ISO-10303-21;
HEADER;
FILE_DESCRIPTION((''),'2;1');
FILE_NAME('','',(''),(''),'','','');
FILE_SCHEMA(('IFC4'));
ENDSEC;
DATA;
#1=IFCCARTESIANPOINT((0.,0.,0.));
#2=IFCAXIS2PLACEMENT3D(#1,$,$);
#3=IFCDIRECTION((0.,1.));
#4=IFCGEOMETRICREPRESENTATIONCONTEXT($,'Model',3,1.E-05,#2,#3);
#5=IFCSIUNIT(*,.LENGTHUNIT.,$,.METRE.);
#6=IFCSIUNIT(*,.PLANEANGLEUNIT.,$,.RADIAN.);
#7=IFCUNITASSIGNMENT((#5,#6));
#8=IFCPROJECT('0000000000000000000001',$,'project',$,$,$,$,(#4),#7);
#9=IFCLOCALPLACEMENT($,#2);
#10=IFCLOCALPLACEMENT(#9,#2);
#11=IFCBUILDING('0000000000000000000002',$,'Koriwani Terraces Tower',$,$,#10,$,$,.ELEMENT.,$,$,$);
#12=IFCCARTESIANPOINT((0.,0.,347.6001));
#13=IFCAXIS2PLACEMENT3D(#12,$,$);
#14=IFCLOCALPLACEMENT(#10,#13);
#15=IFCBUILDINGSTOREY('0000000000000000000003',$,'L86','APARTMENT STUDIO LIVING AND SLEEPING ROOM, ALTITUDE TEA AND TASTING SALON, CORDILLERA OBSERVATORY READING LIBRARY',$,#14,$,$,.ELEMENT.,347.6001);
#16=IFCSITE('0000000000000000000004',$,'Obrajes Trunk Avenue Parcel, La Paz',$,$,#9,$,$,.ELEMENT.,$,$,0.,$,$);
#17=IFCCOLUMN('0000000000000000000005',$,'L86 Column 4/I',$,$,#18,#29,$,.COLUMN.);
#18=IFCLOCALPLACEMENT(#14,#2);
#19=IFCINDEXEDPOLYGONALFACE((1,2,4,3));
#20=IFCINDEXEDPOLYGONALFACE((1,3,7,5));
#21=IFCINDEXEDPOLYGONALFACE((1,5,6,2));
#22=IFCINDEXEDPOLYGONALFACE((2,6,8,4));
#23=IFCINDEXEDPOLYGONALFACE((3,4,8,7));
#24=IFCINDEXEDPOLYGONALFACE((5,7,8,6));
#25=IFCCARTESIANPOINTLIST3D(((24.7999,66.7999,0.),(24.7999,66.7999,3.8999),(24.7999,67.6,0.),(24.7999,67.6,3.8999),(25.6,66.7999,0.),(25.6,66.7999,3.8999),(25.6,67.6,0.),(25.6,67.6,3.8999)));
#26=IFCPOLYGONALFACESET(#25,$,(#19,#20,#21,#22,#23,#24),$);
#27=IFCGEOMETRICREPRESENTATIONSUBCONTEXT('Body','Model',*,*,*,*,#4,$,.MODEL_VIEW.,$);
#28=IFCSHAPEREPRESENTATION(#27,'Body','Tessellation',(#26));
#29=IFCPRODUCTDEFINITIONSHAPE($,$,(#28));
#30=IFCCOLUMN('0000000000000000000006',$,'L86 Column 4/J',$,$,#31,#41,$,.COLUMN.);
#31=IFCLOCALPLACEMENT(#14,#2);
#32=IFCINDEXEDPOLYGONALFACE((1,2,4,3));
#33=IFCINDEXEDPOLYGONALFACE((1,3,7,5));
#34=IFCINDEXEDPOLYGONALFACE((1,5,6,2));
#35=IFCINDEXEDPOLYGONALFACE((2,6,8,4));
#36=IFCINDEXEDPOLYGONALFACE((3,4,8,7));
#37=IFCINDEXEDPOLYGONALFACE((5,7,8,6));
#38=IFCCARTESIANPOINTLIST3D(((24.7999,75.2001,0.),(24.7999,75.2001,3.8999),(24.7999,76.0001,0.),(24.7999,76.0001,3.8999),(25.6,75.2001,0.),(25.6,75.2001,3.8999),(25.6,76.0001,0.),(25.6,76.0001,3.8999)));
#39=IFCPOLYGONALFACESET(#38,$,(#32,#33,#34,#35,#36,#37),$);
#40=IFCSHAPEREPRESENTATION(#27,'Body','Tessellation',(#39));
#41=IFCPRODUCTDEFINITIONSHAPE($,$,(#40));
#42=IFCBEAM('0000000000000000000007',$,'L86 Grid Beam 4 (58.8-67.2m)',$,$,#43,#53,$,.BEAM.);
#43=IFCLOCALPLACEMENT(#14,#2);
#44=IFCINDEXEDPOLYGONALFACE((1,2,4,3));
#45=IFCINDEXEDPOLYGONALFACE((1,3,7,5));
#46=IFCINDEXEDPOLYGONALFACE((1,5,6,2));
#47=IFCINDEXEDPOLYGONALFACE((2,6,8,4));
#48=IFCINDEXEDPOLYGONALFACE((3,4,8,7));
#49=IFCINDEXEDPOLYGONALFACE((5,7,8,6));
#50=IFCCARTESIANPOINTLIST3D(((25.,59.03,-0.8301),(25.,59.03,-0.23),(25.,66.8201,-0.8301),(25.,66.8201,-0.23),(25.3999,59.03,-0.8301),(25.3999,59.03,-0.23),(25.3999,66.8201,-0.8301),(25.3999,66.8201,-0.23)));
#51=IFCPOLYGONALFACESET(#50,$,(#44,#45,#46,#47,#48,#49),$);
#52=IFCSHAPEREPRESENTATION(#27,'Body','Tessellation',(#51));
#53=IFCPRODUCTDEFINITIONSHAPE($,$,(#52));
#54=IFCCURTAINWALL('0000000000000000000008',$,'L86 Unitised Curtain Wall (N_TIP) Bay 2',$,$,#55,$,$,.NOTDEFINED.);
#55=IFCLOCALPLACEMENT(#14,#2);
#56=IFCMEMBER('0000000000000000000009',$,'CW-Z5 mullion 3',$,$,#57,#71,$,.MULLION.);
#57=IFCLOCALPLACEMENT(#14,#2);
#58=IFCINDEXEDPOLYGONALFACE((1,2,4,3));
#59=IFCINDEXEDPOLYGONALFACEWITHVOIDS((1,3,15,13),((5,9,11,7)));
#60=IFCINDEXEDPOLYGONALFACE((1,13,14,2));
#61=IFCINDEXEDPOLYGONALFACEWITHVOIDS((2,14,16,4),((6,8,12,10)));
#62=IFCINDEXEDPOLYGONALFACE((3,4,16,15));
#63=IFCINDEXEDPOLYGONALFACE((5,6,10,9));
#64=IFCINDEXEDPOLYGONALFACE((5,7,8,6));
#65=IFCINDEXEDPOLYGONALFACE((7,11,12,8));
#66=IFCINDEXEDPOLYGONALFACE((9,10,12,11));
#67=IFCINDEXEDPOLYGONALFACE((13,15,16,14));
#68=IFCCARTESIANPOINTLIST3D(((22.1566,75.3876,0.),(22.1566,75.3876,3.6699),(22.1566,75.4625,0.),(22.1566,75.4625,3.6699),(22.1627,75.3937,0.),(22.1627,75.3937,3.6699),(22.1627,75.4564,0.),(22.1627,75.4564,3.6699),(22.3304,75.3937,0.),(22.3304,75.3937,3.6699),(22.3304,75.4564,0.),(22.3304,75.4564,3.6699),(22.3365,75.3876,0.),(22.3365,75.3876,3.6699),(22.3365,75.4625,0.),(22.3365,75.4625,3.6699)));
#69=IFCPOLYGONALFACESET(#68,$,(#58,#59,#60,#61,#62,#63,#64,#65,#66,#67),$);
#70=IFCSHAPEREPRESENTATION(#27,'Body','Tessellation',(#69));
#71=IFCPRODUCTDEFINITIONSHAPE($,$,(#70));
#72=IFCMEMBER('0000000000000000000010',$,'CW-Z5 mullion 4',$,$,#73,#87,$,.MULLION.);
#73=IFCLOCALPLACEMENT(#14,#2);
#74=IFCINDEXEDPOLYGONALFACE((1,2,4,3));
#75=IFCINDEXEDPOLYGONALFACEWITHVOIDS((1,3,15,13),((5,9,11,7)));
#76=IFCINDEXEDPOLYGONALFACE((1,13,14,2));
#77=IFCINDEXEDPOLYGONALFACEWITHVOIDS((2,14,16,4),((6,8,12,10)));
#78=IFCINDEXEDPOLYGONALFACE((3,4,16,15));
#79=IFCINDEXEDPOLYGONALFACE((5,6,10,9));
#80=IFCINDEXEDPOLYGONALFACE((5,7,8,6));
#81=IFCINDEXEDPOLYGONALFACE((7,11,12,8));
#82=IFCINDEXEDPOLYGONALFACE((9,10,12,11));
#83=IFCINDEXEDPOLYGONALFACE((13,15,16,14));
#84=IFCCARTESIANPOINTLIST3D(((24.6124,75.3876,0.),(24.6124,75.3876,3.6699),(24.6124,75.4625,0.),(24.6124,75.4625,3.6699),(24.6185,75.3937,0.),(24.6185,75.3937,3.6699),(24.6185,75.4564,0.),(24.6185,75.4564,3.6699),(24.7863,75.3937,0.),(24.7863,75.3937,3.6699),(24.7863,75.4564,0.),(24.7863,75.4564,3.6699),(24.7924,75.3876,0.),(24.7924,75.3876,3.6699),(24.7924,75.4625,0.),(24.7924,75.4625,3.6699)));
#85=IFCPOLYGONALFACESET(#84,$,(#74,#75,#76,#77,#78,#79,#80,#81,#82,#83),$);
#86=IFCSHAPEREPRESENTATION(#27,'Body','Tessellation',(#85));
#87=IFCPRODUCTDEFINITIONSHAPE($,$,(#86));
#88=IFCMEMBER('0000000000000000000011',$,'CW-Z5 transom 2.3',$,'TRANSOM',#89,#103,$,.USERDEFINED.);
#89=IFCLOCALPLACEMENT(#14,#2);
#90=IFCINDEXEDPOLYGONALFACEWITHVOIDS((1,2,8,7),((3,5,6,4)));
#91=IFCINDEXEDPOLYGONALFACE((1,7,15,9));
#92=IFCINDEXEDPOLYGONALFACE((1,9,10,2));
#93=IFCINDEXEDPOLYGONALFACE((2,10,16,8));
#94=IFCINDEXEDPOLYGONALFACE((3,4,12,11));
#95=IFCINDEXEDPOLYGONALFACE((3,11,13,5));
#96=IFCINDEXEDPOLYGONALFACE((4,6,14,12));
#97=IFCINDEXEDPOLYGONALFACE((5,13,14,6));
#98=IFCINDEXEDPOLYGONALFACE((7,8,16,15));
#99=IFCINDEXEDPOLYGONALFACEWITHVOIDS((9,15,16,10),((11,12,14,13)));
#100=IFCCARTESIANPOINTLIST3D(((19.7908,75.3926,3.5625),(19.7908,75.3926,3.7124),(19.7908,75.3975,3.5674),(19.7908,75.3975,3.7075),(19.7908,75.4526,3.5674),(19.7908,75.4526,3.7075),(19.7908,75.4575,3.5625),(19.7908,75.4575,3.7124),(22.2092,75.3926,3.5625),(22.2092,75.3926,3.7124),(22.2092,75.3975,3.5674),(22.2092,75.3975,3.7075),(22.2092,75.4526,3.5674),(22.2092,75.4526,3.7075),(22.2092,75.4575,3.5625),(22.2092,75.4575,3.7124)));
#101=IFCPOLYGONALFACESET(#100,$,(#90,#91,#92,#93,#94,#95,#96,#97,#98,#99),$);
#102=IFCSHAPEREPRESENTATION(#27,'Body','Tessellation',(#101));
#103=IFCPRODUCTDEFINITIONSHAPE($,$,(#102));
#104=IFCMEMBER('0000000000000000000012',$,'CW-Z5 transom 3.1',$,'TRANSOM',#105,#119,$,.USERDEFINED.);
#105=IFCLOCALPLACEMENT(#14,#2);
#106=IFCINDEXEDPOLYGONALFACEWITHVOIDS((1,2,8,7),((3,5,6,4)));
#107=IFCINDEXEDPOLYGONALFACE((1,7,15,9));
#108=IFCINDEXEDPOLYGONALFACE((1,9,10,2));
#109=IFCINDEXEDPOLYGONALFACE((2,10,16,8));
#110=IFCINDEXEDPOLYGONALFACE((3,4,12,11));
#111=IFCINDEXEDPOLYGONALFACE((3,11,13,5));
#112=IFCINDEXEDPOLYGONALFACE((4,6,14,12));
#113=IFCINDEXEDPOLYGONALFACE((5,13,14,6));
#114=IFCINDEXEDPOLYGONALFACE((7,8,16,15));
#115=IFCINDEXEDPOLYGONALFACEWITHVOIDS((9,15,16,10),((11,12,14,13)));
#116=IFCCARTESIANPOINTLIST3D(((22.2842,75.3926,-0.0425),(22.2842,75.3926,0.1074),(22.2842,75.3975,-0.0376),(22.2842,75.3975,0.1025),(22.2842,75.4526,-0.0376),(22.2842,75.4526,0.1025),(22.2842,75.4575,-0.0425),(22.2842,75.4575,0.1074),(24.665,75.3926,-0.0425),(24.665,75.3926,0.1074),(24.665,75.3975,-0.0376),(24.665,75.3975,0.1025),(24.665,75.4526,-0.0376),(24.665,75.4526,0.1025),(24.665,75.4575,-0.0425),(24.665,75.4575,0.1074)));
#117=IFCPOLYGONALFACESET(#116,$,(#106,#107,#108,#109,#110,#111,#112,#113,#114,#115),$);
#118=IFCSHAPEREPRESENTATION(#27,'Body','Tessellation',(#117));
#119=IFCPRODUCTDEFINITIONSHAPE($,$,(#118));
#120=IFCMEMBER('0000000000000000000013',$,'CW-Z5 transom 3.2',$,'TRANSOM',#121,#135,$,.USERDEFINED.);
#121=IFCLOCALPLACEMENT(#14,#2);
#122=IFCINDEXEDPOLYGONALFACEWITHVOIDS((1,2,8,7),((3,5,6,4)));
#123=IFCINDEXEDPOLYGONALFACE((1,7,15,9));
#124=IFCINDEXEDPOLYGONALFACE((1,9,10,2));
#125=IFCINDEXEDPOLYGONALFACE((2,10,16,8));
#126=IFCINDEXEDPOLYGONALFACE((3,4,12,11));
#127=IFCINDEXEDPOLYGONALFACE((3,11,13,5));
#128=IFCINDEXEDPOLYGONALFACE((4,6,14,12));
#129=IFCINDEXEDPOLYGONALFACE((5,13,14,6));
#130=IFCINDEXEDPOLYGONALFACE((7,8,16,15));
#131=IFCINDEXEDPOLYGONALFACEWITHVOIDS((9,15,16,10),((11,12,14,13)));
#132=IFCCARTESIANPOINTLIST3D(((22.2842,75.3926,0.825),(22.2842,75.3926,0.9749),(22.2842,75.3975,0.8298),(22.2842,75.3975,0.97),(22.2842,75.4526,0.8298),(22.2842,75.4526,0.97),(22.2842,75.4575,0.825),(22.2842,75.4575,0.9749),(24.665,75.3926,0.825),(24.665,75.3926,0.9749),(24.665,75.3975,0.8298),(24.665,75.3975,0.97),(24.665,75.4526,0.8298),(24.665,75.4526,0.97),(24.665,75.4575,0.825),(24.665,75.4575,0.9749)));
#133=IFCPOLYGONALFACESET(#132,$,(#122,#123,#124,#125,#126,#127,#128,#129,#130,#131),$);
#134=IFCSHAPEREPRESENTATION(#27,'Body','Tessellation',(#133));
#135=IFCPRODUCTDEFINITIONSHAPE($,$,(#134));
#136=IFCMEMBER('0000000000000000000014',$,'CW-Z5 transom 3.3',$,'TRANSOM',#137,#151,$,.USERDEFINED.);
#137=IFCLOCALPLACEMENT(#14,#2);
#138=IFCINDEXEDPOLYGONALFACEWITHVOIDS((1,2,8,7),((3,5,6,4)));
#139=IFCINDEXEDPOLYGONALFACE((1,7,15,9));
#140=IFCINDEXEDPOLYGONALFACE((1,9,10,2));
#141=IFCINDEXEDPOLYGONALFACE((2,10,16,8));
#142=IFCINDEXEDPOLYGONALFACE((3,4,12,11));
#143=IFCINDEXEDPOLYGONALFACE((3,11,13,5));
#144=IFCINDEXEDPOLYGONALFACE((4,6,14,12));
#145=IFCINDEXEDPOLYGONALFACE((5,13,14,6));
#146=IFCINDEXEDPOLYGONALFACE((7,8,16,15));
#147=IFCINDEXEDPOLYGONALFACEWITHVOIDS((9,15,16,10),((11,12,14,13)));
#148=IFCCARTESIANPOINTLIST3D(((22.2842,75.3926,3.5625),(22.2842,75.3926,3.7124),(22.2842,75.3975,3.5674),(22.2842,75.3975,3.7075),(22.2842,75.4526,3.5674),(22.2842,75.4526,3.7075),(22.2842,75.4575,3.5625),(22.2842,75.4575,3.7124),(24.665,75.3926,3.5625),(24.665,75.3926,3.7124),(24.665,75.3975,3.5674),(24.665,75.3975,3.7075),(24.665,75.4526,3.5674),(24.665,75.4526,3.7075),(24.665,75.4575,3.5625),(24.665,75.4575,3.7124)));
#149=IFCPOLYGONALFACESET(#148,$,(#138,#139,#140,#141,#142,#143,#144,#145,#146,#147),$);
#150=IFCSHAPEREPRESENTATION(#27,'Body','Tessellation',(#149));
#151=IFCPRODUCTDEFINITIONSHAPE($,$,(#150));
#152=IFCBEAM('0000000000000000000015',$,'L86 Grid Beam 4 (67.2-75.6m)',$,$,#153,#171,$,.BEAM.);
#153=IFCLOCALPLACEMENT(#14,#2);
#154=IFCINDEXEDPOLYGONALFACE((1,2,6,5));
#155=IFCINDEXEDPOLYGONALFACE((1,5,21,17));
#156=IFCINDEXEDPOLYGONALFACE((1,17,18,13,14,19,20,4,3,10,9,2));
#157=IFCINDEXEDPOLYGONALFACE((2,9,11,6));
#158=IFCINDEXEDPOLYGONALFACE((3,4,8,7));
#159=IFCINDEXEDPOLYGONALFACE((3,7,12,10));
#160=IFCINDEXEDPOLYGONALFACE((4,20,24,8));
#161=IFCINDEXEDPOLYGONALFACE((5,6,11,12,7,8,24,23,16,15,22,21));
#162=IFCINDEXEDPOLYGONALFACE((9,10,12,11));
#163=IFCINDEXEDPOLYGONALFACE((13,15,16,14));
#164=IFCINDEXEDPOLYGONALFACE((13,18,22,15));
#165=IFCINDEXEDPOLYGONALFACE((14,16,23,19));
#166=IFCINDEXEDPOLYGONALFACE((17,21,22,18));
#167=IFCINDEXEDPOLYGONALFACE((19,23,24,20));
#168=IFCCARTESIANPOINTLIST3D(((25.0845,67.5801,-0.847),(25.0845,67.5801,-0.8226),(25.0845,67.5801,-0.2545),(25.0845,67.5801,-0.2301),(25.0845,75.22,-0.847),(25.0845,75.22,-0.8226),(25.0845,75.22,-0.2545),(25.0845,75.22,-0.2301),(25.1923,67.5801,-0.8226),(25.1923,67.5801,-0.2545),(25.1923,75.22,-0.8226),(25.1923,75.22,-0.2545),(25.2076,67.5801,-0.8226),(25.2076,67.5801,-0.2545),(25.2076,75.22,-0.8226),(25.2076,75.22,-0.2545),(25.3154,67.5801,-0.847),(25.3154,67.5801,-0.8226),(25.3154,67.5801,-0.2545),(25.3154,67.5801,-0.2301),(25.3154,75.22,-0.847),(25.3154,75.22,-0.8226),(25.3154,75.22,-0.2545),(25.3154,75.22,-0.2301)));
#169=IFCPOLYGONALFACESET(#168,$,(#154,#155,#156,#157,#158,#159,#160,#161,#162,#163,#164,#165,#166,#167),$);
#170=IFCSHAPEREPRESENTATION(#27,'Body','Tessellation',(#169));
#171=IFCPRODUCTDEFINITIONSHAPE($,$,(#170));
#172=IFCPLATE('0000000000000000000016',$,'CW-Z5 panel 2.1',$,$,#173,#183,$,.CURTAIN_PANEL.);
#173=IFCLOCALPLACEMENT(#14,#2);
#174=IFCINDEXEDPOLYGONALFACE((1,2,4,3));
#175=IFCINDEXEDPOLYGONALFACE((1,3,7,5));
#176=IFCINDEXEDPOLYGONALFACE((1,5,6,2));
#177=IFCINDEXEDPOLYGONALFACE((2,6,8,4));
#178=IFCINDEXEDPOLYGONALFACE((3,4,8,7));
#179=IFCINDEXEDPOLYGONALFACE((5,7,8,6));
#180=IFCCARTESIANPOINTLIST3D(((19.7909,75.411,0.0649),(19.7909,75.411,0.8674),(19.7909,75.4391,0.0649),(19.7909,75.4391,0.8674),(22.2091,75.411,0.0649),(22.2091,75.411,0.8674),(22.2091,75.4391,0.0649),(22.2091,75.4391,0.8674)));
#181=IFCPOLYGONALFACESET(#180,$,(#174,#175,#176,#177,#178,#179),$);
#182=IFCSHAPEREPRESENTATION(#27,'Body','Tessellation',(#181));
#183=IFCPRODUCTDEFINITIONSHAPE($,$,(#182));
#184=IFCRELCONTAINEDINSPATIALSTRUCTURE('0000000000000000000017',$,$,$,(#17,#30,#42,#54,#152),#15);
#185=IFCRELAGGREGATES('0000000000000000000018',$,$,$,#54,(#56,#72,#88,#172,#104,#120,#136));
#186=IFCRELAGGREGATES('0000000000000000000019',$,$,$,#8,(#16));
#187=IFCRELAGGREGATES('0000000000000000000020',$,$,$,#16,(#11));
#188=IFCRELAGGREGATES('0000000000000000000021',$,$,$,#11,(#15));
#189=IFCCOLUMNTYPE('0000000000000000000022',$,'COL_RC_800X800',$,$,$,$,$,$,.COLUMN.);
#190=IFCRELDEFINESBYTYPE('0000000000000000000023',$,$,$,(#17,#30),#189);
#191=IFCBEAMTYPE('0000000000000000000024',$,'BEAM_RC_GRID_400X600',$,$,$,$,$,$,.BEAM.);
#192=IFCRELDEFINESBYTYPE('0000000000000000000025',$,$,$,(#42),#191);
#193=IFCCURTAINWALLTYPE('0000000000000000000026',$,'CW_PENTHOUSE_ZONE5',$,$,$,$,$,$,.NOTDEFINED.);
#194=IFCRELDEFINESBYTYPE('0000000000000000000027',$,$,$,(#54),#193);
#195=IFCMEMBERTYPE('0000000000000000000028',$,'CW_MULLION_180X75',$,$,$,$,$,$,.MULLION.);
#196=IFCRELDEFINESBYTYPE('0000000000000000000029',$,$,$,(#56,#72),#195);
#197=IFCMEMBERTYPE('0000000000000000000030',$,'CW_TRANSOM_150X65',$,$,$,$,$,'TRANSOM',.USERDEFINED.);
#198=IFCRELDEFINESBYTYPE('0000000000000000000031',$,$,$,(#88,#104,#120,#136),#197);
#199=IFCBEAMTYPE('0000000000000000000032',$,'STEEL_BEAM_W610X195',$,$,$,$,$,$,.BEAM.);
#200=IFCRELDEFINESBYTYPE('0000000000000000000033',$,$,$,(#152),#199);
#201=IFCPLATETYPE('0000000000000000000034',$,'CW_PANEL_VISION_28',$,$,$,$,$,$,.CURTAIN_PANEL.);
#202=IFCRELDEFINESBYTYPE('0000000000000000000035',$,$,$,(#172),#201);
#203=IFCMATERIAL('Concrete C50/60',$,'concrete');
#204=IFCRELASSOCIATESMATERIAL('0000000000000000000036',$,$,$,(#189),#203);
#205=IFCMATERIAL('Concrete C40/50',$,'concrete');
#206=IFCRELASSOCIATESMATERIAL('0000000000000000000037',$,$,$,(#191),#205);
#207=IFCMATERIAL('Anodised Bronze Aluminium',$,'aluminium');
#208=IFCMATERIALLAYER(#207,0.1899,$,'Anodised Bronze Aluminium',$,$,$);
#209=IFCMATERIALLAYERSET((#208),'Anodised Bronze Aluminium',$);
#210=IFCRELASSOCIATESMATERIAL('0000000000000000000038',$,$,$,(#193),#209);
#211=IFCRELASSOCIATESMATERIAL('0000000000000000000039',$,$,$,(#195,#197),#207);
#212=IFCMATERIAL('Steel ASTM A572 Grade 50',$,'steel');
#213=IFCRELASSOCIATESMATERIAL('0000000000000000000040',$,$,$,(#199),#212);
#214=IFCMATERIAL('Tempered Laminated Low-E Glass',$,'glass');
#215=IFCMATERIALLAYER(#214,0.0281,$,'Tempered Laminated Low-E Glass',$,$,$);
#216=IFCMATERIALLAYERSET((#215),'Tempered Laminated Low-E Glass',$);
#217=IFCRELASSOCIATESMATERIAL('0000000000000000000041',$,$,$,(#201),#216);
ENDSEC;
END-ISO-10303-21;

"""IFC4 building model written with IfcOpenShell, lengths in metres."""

from ifc_helpers import new_model, si_unit, direction, frame, origin, origin_2d, place, context, subcontext, project, spatial, rectangle, hollow_rectangle, i_section, extrude, material, layer, layer_set, material_profile, profile_set, type_object, element, aggregate, save


model = new_model("IFC4")

# Units and contexts
model_context = context("Model", 3, precision=1e-05, world=origin(), true_north=direction((0.0, 1.0)))
body_context = subcontext(model_context, "Body", "Model", "MODEL_VIEW")
ifc_project = project(units=[si_unit("LENGTHUNIT", "METRE"), si_unit("PLANEANGLEUNIT", "RADIAN")], contexts=[model_context])

# Site, building, storey
site_placement = place(None, origin())
site = spatial("IfcSite", under=ifc_project, at=site_placement, Name="Obrajes Trunk Avenue Parcel, La Paz", CompositionType="ELEMENT", RefElevation=0.0)
building_placement = place(site_placement, origin())
building = spatial("IfcBuilding", under=site, at=building_placement, Name="Koriwani Terraces Tower", CompositionType="ELEMENT")
storey_placement = place(building_placement, frame((0.0, 0.0, 347.6001)))
storey = spatial("IfcBuildingStorey", under=building, at=storey_placement, Name="L86", Description="APARTMENT STUDIO LIVING AND SLEEPING ROOM, ALTITUDE TEA AND TASTING SALON, CORDILLERA OBSERVATORY READING LIBRARY", CompositionType="ELEMENT", Elevation=347.6001)

# Columns
ifc_material_1 = material(Name="Concrete C50/60", Category="concrete")
ifc_material_profile_1 = material_profile(ifc_material_1, rectangle(XDim=0.8, YDim=0.8, at=origin_2d()), Name="Concrete C50/60", Category="LoadBearing")
ifc_profile_set_1 = profile_set([ifc_material_profile_1], Name="Concrete C50/60")
column_type = type_object("IfcColumnType", Name="COL_RC_800X800", PredefinedType="COLUMN", material=ifc_profile_set_1)
for number, where, z_axis, x_axis, name in (
    (1, (25.2, 67.2, 0.0), (0.0, 0.0, 1.0), (1.0, 0.0, 0.0), "L86 Column 4/I"),
    (2, (25.2, 75.6001, 0.0), (0.0, 0.0, 1.0), (1.0, 0.0, 0.0), "L86 Column 4/J"),
):
    element("IfcColumn", number, at=place(storey_placement, frame(where, z_axis=z_axis, x_axis=x_axis)), inside=storey, type_object=column_type, Name=name, PredefinedType="COLUMN", context=body_context, shape_type="SweptSolid", body=[
        extrude(rectangle(XDim=0.8, YDim=0.8, at=origin_2d()), origin(), (0.0, 0.0, 1.0), 3.8999),
    ])

# Beam
ifc_material_2 = material(Name="Concrete C40/50", Category="concrete")
ifc_material_profile_2 = material_profile(ifc_material_2, rectangle(XDim=0.3999, YDim=0.6001, at=origin_2d()), Name="Concrete C40/50", Category="LoadBearing")
ifc_profile_set_2 = profile_set([ifc_material_profile_2], Name="Concrete C40/50")
beam_type_1 = type_object("IfcBeamType", Name="BEAM_RC_GRID_400X600", PredefinedType="BEAM", material=ifc_profile_set_2)
beam_1_placement = place(storey_placement, frame((25.2, 59.03, -0.53), z_axis=(0.0, 1.0, 0.0), x_axis=(-1.0, 0.0, 0.0)))
element("IfcBeam", 3, at=beam_1_placement, inside=storey, type_object=beam_type_1, Name="L86 Grid Beam 4 (58.8-67.2m)", PredefinedType="BEAM", context=body_context, shape_type="SweptSolid", body=[
    extrude(rectangle(XDim=0.3999, YDim=0.6001, at=origin_2d()), origin(), (0.0, 0.0, 1.0), 7.79),
])

# Curtain wall, members
ifc_material_3 = material(Name="Anodised Bronze Aluminium", Category="aluminium")
ifc_layer_1 = layer(ifc_material_3, 0.1899, Name="Anodised Bronze Aluminium")
ifc_layer_set_1 = layer_set([ifc_layer_1], Name="Anodised Bronze Aluminium")
curtain_wall_type = type_object("IfcCurtainWallType", Name="CW_PENTHOUSE_ZONE5", PredefinedType="NOTDEFINED", material=ifc_layer_set_1)
curtain_wall_placement = place(storey_placement, origin())
curtain_wall = element("IfcCurtainWall", 4, at=curtain_wall_placement, inside=storey, type_object=curtain_wall_type, Name="L86 Unitised Curtain Wall (N_TIP) Bay 2", PredefinedType="NOTDEFINED")
ifc_material_profile_3 = material_profile(ifc_material_3, hollow_rectangle(XDim=0.075, YDim=0.1799, WallThickness=0.0061, at=origin_2d()), Name="Anodised Bronze Aluminium", Category="LoadBearing")
ifc_profile_set_3 = profile_set([ifc_material_profile_3], Name="Anodised Bronze Aluminium")
member_type_1 = type_object("IfcMemberType", Name="CW_MULLION_180X75", PredefinedType="MULLION", material=ifc_profile_set_3)
member_1_placement = place(storey_placement, frame((22.2466, 75.425, 0.0), z_axis=(0.0, 0.0, 1.0), x_axis=(0.0, 1.0, 0.0)))
member_1 = element("IfcMember", 5, at=member_1_placement, type_object=member_type_1, Name="CW-Z5 mullion 3", PredefinedType="MULLION", context=body_context, shape_type="SweptSolid", body=[
    extrude(hollow_rectangle(XDim=0.075, YDim=0.1799, WallThickness=0.0061, at=origin_2d()), origin(), (0.0, 0.0, 1.0), 3.6699),
])
member_2_placement = place(storey_placement, frame((24.7024, 75.425, 0.0), z_axis=(0.0, 0.0, 1.0), x_axis=(0.0, 1.0, 0.0)))
member_2 = element("IfcMember", 6, at=member_2_placement, type_object=member_type_1, Name="CW-Z5 mullion 4", PredefinedType="MULLION", context=body_context, shape_type="SweptSolid", body=[
    extrude(hollow_rectangle(XDim=0.075, YDim=0.1799, WallThickness=0.0061, at=origin_2d()), origin(), (0.0, 0.0, 1.0), 3.6699),
])
ifc_material_profile_4 = material_profile(ifc_material_3, hollow_rectangle(XDim=0.0649, YDim=0.1499, WallThickness=0.0049, at=origin_2d()), Name="Anodised Bronze Aluminium", Category="LoadBearing")
ifc_profile_set_4 = profile_set([ifc_material_profile_4], Name="Anodised Bronze Aluminium")
member_type_2 = type_object("IfcMemberType", Name="CW_TRANSOM_150X65", ElementType="TRANSOM", PredefinedType="USERDEFINED", material=ifc_profile_set_4)
member_3_placement = place(storey_placement, frame((19.7908, 75.425, 3.6375), z_axis=(1.0, 0.0, 0.0), x_axis=(0.0, 1.0, 0.0)))
member_3 = element("IfcMember", 7, at=member_3_placement, type_object=member_type_2, Name="CW-Z5 transom 2.3", ObjectType="TRANSOM", PredefinedType="USERDEFINED", context=body_context, shape_type="SweptSolid", body=[
    extrude(hollow_rectangle(XDim=0.0649, YDim=0.1499, WallThickness=0.0049, at=origin_2d()), origin(), (0.0, 0.0, 1.0), 2.4185),
])
member_4_placement = place(storey_placement, frame((22.2842, 75.425, 0.0325), z_axis=(1.0, 0.0, 0.0), x_axis=(0.0, 1.0, 0.0)))
member_4 = element("IfcMember", 8, at=member_4_placement, type_object=member_type_2, Name="CW-Z5 transom 3.1", ObjectType="TRANSOM", PredefinedType="USERDEFINED", context=body_context, shape_type="SweptSolid", body=[
    extrude(hollow_rectangle(XDim=0.0649, YDim=0.1499, WallThickness=0.0049, at=origin_2d()), origin(), (0.0, 0.0, 1.0), 2.3809),
])
member_5_placement = place(storey_placement, frame((22.2842, 75.425, 0.8999), z_axis=(1.0, 0.0, 0.0), x_axis=(0.0, 1.0, 0.0)))
member_5 = element("IfcMember", 9, at=member_5_placement, type_object=member_type_2, Name="CW-Z5 transom 3.2", ObjectType="TRANSOM", PredefinedType="USERDEFINED", context=body_context, shape_type="SweptSolid", body=[
    extrude(hollow_rectangle(XDim=0.0649, YDim=0.1499, WallThickness=0.0049, at=origin_2d()), origin(), (0.0, 0.0, 1.0), 2.3809),
])
member_6_placement = place(storey_placement, frame((22.2842, 75.425, 3.6375), z_axis=(1.0, 0.0, 0.0), x_axis=(0.0, 1.0, 0.0)))
member_6 = element("IfcMember", 10, at=member_6_placement, type_object=member_type_2, Name="CW-Z5 transom 3.3", ObjectType="TRANSOM", PredefinedType="USERDEFINED", context=body_context, shape_type="SweptSolid", body=[
    extrude(hollow_rectangle(XDim=0.0649, YDim=0.1499, WallThickness=0.0049, at=origin_2d()), origin(), (0.0, 0.0, 1.0), 2.3809),
])

# Beam
ifc_material_4 = material(Name="Steel ASTM A572 Grade 50", Category="steel")
ifc_material_profile_5 = material_profile(ifc_material_4, i_section(OverallWidth=0.231, OverallDepth=0.6169, WebThickness=0.0154, FlangeThickness=0.0244, at=origin_2d()), Name="Steel ASTM A572 Grade 50", Category="LoadBearing")
ifc_profile_set_5 = profile_set([ifc_material_profile_5], Name="Steel ASTM A572 Grade 50")
beam_type_2 = type_object("IfcBeamType", Name="STEEL_BEAM_W610X195", PredefinedType="BEAM", material=ifc_profile_set_5)
beam_2_placement = place(storey_placement, frame((25.2, 67.5801, -0.5386), z_axis=(0.0, 1.0, 0.0), x_axis=(-1.0, 0.0, 0.0)))
element("IfcBeam", 11, at=beam_2_placement, inside=storey, type_object=beam_type_2, Name="L86 Grid Beam 4 (67.2-75.6m)", PredefinedType="BEAM", context=body_context, shape_type="SweptSolid", body=[
    extrude(i_section(OverallWidth=0.231, OverallDepth=0.6169, WebThickness=0.0154, FlangeThickness=0.0244, at=origin_2d()), origin(), (0.0, 0.0, 1.0), 7.6399),
])

# Plate
ifc_material_5 = material(Name="Tempered Laminated Low-E Glass", Category="glass")
ifc_layer_2 = layer(ifc_material_5, 0.0281, Name="Tempered Laminated Low-E Glass")
ifc_layer_set_2 = layer_set([ifc_layer_2], Name="Tempered Laminated Low-E Glass")
plate_type = type_object("IfcPlateType", Name="CW_PANEL_VISION_28", PredefinedType="CURTAIN_PANEL", material=ifc_layer_set_2)
plate_1_placement = place(storey_placement, frame((21.0, 75.425, 0.0649), z_axis=(0.0, 0.0, 1.0), x_axis=(1.0, 0.0, 0.0)))
plate_1 = element("IfcPlate", 12, at=plate_1_placement, type_object=plate_type, Name="CW-Z5 panel 2.1", PredefinedType="CURTAIN_PANEL", context=body_context, shape_type="SweptSolid", body=[
    extrude(rectangle(XDim=2.4182, YDim=0.0281, at=origin_2d()), origin(), (0.0, 0.0, 1.0), 0.8025),
])
aggregate(curtain_wall, [member_1, member_2, member_3, plate_1, member_4, member_5, member_6])

save(model, "model.ifc")
